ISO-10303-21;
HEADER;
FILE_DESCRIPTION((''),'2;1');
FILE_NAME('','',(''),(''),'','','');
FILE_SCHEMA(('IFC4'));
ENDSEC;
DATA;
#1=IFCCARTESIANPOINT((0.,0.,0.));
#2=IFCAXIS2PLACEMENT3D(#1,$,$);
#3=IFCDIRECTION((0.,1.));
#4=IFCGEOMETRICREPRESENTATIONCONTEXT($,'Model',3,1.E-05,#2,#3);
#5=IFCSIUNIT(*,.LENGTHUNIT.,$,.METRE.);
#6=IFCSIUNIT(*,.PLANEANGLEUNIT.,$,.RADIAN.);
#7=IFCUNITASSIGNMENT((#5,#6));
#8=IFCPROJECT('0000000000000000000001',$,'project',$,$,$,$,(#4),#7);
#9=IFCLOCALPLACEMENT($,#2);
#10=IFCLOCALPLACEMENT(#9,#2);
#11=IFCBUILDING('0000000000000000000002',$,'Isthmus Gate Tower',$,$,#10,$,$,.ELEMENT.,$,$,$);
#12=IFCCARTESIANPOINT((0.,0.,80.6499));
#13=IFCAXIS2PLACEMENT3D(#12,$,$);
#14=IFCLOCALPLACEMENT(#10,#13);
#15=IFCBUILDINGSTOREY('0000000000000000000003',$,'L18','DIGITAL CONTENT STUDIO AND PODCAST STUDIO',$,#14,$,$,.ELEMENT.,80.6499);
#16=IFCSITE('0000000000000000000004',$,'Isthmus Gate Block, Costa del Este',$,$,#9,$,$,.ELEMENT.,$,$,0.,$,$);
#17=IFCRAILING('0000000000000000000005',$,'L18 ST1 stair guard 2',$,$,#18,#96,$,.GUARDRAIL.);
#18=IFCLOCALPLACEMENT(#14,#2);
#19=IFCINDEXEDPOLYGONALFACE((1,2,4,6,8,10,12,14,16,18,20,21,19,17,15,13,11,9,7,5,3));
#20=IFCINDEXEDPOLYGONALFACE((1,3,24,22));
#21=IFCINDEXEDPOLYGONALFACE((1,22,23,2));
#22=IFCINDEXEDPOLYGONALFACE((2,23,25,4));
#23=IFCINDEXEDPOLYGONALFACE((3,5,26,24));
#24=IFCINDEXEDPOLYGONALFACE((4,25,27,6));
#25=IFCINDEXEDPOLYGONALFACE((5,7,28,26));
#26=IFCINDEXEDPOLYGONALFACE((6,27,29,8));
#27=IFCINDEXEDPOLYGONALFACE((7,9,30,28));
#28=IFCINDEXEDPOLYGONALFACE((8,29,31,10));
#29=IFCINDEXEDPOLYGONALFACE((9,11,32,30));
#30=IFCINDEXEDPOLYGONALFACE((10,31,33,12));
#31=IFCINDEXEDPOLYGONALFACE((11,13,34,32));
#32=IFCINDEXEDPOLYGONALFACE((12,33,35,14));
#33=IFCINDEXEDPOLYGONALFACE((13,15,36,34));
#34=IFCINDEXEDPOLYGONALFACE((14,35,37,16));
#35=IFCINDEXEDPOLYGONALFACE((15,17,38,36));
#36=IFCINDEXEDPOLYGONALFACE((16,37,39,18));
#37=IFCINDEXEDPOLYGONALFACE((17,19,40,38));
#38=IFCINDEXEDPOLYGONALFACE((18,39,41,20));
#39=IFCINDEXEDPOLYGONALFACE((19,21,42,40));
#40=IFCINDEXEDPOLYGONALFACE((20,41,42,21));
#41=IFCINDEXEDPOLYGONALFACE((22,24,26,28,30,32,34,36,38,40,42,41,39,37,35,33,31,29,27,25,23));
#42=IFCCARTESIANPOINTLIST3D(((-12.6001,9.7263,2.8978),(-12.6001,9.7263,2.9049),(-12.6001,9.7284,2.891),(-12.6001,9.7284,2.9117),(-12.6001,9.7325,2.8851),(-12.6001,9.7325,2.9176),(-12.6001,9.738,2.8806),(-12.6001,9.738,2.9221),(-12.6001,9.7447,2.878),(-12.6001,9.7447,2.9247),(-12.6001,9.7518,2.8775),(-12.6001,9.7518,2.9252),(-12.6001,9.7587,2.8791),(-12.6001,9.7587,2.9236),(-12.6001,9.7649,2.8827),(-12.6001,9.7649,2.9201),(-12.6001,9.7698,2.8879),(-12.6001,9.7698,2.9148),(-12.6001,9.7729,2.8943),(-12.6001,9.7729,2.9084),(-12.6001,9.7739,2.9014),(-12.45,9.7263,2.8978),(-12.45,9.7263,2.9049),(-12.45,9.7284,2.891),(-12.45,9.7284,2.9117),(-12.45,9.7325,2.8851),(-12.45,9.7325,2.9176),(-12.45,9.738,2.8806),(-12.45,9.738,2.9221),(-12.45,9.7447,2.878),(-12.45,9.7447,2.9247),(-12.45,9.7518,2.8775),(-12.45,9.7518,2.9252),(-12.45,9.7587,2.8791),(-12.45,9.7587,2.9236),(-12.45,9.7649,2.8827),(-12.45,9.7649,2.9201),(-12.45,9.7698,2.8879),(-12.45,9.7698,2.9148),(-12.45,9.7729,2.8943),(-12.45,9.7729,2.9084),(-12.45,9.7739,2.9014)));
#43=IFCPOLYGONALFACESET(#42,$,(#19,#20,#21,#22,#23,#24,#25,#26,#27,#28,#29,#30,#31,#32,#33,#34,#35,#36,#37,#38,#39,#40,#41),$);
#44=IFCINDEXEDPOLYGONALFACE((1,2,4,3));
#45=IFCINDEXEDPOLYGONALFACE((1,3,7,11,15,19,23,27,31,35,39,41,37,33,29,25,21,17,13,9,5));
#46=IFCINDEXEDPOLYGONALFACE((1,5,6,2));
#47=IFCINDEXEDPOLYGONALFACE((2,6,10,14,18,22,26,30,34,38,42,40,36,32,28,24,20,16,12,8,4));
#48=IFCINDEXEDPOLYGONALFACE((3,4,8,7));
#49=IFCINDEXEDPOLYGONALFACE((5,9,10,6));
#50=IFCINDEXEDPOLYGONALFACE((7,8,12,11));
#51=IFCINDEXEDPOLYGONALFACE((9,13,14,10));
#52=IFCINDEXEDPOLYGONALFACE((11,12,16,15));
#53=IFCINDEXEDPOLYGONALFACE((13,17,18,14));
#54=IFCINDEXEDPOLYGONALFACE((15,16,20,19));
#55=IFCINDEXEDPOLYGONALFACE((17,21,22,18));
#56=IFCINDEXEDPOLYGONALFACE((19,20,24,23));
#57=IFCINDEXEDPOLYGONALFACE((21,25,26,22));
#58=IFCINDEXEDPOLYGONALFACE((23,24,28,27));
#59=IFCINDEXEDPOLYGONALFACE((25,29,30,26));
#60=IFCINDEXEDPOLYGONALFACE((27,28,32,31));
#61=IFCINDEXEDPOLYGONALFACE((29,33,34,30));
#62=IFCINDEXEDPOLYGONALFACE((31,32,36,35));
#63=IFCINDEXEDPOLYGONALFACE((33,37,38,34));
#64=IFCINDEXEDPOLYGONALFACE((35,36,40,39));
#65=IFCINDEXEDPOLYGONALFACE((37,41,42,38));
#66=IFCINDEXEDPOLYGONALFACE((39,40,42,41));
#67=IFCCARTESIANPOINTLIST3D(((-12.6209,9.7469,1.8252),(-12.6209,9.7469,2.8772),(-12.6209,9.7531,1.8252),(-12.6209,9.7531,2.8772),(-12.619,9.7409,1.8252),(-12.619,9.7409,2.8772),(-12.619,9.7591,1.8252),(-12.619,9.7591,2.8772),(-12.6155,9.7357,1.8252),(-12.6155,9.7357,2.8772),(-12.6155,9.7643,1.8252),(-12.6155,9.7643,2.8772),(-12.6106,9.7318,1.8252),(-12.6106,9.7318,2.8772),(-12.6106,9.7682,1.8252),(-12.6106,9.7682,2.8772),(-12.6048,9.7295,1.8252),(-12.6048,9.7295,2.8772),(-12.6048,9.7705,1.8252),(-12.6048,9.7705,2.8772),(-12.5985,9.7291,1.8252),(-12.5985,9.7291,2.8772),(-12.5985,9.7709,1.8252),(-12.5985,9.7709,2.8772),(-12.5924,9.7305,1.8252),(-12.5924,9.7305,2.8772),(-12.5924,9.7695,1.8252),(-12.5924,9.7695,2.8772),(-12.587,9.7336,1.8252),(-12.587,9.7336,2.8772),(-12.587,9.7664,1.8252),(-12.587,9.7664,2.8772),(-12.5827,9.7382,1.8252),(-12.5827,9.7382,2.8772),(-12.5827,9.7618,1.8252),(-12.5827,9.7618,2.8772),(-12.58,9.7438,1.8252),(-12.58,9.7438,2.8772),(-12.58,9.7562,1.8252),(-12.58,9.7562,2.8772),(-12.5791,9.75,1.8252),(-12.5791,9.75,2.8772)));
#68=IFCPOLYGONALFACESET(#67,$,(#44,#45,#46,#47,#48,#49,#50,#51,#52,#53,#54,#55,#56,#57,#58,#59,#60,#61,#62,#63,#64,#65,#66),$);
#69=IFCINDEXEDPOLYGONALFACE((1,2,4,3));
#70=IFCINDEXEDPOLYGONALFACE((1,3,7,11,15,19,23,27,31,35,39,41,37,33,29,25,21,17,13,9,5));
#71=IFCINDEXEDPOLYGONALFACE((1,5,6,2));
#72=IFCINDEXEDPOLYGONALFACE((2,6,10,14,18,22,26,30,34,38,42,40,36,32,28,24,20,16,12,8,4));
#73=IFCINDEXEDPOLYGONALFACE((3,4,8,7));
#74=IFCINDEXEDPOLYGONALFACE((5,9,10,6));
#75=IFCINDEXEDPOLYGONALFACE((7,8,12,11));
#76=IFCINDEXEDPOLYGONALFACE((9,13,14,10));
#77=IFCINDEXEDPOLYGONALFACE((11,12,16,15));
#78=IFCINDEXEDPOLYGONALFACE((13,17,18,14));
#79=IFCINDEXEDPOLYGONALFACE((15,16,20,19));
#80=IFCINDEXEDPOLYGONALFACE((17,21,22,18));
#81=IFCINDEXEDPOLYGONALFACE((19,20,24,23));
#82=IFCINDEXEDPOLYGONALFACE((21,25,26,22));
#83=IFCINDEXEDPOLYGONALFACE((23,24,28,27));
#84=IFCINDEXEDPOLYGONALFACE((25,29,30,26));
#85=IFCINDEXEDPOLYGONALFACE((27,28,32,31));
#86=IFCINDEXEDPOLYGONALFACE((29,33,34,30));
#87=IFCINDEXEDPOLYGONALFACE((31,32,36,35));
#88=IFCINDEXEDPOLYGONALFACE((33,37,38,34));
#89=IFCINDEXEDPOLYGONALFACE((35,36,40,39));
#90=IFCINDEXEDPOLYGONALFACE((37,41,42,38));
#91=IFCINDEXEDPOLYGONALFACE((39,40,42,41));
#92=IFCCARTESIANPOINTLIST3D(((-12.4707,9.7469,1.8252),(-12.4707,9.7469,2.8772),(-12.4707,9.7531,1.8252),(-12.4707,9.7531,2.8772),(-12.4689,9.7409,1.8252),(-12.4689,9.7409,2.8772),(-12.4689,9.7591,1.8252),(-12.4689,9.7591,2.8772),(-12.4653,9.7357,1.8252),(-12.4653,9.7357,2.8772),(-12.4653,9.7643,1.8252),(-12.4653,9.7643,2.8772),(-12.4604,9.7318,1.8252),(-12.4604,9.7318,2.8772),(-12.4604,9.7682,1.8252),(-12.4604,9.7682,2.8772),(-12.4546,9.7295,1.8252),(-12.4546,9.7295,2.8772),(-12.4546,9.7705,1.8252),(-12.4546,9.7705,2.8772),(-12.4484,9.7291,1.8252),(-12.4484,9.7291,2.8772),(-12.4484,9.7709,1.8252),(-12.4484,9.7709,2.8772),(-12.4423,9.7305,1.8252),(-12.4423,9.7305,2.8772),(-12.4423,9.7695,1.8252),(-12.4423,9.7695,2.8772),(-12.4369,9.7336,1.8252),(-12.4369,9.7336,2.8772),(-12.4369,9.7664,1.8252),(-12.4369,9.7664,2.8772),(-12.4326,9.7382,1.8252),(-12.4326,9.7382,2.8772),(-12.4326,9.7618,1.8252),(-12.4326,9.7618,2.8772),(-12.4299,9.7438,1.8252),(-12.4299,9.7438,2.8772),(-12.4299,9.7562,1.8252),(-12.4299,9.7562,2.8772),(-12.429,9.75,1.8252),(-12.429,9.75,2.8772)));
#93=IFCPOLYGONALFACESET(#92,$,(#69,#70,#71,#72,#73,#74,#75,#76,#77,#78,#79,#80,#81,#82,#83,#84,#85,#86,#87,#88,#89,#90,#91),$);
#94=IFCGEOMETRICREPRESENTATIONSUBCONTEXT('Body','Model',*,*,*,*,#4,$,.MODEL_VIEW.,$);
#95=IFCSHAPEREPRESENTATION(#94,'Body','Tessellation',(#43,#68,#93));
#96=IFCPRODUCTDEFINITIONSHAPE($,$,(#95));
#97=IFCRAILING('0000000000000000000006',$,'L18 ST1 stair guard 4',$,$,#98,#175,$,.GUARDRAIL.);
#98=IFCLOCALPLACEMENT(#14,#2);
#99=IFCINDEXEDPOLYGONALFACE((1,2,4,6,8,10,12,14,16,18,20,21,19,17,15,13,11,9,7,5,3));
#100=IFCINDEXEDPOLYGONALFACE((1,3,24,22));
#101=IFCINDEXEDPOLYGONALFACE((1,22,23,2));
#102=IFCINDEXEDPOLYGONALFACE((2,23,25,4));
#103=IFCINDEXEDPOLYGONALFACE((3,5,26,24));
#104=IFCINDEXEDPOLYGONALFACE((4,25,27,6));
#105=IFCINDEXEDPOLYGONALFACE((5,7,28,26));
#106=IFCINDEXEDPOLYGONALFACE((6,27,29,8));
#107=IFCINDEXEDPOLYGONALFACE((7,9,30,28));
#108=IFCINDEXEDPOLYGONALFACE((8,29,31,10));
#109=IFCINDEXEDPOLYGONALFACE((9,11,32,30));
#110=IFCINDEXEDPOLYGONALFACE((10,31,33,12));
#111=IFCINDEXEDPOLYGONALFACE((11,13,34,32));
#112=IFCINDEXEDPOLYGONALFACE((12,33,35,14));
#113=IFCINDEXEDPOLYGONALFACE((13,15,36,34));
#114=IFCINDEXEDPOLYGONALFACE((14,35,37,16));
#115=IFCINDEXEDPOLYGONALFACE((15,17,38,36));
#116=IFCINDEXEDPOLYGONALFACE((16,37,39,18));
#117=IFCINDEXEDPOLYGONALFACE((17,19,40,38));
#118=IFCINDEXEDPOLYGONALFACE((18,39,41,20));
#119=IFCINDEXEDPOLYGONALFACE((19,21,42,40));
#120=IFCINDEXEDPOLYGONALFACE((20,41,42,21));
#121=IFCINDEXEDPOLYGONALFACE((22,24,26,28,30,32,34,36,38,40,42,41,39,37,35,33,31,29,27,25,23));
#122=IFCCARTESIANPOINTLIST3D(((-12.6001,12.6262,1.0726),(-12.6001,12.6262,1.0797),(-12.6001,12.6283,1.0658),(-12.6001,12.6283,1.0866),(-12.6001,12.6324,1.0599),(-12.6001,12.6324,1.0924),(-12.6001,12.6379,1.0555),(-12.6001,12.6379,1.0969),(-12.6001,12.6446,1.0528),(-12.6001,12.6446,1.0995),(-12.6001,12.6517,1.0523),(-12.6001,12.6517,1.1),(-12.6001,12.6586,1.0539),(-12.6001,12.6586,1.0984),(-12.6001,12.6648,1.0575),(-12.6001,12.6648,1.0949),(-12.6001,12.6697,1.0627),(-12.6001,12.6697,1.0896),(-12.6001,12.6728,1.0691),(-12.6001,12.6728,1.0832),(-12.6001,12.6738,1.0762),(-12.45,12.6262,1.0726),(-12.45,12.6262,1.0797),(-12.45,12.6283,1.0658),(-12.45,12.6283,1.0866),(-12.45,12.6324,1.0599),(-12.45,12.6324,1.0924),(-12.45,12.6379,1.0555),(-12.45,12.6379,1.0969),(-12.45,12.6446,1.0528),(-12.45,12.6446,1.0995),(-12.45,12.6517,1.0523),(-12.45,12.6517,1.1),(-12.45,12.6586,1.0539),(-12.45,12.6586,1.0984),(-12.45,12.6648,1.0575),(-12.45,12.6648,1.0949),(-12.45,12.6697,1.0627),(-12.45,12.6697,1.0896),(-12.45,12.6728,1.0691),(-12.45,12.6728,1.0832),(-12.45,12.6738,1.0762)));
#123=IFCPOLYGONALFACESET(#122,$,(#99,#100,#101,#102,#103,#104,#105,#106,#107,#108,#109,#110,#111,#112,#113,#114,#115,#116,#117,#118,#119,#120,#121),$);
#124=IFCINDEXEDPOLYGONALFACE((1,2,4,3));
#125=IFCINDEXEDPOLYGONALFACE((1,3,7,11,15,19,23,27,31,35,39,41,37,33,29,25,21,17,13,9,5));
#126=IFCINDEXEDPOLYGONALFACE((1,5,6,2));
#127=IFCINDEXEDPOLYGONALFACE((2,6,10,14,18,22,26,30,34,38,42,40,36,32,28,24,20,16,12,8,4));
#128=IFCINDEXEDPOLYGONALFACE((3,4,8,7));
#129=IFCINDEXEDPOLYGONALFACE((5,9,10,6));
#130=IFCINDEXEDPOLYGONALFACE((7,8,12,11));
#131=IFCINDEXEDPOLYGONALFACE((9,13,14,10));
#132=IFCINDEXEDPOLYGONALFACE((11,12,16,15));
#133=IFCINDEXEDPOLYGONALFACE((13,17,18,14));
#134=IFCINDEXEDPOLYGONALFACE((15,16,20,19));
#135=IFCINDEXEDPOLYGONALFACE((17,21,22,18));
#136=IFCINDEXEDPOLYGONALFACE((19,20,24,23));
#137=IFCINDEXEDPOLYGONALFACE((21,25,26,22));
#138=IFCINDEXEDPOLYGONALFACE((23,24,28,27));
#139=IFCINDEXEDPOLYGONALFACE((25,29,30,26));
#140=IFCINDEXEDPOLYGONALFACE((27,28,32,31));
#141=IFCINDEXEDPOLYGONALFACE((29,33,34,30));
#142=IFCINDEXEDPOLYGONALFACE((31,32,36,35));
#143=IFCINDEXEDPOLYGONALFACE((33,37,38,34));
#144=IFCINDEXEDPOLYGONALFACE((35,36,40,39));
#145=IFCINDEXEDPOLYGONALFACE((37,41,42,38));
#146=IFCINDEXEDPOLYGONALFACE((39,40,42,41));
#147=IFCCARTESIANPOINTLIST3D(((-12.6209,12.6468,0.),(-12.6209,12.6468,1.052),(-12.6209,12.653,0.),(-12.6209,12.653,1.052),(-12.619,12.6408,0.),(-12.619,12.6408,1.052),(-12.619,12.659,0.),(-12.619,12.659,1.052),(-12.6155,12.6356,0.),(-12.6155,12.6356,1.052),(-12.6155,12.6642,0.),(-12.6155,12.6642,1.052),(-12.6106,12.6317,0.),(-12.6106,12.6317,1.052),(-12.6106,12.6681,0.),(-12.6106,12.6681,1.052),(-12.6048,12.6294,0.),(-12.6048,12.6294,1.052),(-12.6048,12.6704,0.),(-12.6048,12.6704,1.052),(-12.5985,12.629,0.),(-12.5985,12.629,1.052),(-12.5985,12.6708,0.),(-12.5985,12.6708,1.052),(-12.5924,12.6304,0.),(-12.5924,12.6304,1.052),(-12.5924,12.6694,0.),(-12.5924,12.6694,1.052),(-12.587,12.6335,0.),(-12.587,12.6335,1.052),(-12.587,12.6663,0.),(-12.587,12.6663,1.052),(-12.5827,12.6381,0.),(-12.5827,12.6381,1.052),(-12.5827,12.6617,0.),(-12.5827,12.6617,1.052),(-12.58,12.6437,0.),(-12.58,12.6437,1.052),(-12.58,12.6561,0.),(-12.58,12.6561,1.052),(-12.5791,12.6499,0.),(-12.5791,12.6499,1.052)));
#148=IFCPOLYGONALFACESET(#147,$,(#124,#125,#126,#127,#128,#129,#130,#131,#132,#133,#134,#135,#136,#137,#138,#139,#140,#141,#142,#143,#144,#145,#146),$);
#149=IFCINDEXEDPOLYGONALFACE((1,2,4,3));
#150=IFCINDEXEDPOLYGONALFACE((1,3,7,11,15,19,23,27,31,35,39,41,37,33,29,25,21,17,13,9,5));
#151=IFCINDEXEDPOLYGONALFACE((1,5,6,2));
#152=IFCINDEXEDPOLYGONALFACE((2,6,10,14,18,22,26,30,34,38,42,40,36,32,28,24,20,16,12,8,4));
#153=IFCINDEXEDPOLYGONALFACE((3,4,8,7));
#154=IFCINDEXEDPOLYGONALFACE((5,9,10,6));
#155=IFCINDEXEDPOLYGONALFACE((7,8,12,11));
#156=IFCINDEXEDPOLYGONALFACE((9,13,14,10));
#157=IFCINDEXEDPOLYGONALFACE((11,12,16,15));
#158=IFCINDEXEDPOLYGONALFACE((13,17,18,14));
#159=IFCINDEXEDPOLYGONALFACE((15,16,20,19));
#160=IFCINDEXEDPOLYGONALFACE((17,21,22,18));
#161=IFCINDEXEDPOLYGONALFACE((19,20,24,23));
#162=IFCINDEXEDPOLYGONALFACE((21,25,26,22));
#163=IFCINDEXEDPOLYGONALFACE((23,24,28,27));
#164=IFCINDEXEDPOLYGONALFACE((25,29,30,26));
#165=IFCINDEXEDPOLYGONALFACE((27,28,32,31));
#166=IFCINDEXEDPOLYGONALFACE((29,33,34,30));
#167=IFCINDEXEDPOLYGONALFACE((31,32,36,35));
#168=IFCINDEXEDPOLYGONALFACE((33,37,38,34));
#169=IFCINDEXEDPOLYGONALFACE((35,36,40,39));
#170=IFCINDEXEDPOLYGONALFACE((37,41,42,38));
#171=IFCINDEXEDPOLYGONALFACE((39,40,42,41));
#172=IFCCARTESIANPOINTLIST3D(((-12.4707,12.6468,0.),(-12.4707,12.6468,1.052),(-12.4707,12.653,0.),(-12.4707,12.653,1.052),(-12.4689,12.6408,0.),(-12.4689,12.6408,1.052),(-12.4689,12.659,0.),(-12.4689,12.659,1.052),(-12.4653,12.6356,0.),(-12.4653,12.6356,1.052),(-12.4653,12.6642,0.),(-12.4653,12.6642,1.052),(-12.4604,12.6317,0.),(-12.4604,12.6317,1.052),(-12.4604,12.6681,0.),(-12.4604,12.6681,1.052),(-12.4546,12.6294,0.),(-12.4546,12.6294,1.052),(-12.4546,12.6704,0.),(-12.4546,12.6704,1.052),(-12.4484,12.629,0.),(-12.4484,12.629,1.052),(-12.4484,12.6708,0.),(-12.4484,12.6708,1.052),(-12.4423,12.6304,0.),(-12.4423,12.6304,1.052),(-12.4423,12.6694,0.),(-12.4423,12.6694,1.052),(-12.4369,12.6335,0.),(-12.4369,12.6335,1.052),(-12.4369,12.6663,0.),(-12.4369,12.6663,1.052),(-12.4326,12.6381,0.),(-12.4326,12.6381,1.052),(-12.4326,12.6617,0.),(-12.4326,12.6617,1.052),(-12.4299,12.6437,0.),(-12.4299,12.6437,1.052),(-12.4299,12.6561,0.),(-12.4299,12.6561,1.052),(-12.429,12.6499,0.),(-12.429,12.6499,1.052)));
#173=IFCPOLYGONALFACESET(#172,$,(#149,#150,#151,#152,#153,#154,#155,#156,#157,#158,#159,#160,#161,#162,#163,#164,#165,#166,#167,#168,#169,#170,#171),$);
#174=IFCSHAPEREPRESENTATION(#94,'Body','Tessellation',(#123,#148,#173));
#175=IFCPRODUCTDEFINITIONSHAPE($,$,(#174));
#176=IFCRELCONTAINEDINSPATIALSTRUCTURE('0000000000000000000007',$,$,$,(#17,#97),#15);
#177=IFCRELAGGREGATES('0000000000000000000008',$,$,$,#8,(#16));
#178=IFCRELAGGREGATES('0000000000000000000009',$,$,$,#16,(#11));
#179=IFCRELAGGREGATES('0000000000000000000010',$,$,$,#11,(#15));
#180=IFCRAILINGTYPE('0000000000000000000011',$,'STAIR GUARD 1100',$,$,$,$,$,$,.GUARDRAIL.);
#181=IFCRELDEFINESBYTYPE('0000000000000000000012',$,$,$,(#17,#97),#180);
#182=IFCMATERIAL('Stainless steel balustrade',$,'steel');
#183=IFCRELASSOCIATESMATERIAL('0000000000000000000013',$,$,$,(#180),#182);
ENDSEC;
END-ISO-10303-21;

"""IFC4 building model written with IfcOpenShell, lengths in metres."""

from ifc_helpers import new_model, si_unit, direction, frame, origin, origin_2d, place, context, subcontext, project, spatial, circle, extrude, material, type_object, element, save


model = new_model("IFC4")

# Units and contexts
model_context = context("Model", 3, precision=1e-05, world=origin(), true_north=direction((0.0, 1.0)))
body_context = subcontext(model_context, "Body", "Model", "MODEL_VIEW")
ifc_project = project(units=[si_unit("LENGTHUNIT", "METRE"), si_unit("PLANEANGLEUNIT", "RADIAN")], contexts=[model_context])

# Site, building, storey
site_placement = place(None, origin())
site = spatial("IfcSite", under=ifc_project, at=site_placement, Name="Isthmus Gate Block, Costa del Este", CompositionType="ELEMENT", RefElevation=0.0)
building_placement = place(site_placement, origin())
building = spatial("IfcBuilding", under=site, at=building_placement, Name="Isthmus Gate Tower", CompositionType="ELEMENT")
storey_placement = place(building_placement, frame((0.0, 0.0, 80.6499)))
storey = spatial("IfcBuildingStorey", under=building, at=storey_placement, Name="L18", Description="DIGITAL CONTENT STUDIO AND PODCAST STUDIO", CompositionType="ELEMENT", Elevation=80.6499)

# Railings
ifc_material_1 = material(Name="Stainless steel balustrade", Category="steel")
railing_type_1 = type_object("IfcRailingType", Name="STAIR GUARD 1100", PredefinedType="GUARDRAIL", material=ifc_material_1)
for number, where, name in (
    (1, (-12.6001, 9.75, 1.8252), "L18 ST1 stair guard 2"),
    (2, (-12.6001, 12.6499, 0.0), "L18 ST1 stair guard 4"),
):
    element("IfcRailing", number, at=place(storey_placement, frame(where)), inside=storey, type_object=railing_type_1, Name=name, PredefinedType="GUARDRAIL", context=body_context, shape_type="SweptSolid", body=[
        extrude(circle(Radius=0.0239, at=origin_2d()), frame((0.0, 0.0, 1.0762), z_axis=(1.0, 0.0, 0.0), x_axis=(0.0, 1.0, 0.0)), (0.0, 0.0, 1.0), 0.1501),
        extrude(circle(Radius=0.021, at=origin_2d()), origin(), (0.0, 0.0, 1.0), 1.052),
        extrude(circle(Radius=0.021, at=origin_2d()), frame((0.1501, 0.0, 0.0)), (0.0, 0.0, 1.0), 1.052),
    ])

save(model, "model.ifc")
